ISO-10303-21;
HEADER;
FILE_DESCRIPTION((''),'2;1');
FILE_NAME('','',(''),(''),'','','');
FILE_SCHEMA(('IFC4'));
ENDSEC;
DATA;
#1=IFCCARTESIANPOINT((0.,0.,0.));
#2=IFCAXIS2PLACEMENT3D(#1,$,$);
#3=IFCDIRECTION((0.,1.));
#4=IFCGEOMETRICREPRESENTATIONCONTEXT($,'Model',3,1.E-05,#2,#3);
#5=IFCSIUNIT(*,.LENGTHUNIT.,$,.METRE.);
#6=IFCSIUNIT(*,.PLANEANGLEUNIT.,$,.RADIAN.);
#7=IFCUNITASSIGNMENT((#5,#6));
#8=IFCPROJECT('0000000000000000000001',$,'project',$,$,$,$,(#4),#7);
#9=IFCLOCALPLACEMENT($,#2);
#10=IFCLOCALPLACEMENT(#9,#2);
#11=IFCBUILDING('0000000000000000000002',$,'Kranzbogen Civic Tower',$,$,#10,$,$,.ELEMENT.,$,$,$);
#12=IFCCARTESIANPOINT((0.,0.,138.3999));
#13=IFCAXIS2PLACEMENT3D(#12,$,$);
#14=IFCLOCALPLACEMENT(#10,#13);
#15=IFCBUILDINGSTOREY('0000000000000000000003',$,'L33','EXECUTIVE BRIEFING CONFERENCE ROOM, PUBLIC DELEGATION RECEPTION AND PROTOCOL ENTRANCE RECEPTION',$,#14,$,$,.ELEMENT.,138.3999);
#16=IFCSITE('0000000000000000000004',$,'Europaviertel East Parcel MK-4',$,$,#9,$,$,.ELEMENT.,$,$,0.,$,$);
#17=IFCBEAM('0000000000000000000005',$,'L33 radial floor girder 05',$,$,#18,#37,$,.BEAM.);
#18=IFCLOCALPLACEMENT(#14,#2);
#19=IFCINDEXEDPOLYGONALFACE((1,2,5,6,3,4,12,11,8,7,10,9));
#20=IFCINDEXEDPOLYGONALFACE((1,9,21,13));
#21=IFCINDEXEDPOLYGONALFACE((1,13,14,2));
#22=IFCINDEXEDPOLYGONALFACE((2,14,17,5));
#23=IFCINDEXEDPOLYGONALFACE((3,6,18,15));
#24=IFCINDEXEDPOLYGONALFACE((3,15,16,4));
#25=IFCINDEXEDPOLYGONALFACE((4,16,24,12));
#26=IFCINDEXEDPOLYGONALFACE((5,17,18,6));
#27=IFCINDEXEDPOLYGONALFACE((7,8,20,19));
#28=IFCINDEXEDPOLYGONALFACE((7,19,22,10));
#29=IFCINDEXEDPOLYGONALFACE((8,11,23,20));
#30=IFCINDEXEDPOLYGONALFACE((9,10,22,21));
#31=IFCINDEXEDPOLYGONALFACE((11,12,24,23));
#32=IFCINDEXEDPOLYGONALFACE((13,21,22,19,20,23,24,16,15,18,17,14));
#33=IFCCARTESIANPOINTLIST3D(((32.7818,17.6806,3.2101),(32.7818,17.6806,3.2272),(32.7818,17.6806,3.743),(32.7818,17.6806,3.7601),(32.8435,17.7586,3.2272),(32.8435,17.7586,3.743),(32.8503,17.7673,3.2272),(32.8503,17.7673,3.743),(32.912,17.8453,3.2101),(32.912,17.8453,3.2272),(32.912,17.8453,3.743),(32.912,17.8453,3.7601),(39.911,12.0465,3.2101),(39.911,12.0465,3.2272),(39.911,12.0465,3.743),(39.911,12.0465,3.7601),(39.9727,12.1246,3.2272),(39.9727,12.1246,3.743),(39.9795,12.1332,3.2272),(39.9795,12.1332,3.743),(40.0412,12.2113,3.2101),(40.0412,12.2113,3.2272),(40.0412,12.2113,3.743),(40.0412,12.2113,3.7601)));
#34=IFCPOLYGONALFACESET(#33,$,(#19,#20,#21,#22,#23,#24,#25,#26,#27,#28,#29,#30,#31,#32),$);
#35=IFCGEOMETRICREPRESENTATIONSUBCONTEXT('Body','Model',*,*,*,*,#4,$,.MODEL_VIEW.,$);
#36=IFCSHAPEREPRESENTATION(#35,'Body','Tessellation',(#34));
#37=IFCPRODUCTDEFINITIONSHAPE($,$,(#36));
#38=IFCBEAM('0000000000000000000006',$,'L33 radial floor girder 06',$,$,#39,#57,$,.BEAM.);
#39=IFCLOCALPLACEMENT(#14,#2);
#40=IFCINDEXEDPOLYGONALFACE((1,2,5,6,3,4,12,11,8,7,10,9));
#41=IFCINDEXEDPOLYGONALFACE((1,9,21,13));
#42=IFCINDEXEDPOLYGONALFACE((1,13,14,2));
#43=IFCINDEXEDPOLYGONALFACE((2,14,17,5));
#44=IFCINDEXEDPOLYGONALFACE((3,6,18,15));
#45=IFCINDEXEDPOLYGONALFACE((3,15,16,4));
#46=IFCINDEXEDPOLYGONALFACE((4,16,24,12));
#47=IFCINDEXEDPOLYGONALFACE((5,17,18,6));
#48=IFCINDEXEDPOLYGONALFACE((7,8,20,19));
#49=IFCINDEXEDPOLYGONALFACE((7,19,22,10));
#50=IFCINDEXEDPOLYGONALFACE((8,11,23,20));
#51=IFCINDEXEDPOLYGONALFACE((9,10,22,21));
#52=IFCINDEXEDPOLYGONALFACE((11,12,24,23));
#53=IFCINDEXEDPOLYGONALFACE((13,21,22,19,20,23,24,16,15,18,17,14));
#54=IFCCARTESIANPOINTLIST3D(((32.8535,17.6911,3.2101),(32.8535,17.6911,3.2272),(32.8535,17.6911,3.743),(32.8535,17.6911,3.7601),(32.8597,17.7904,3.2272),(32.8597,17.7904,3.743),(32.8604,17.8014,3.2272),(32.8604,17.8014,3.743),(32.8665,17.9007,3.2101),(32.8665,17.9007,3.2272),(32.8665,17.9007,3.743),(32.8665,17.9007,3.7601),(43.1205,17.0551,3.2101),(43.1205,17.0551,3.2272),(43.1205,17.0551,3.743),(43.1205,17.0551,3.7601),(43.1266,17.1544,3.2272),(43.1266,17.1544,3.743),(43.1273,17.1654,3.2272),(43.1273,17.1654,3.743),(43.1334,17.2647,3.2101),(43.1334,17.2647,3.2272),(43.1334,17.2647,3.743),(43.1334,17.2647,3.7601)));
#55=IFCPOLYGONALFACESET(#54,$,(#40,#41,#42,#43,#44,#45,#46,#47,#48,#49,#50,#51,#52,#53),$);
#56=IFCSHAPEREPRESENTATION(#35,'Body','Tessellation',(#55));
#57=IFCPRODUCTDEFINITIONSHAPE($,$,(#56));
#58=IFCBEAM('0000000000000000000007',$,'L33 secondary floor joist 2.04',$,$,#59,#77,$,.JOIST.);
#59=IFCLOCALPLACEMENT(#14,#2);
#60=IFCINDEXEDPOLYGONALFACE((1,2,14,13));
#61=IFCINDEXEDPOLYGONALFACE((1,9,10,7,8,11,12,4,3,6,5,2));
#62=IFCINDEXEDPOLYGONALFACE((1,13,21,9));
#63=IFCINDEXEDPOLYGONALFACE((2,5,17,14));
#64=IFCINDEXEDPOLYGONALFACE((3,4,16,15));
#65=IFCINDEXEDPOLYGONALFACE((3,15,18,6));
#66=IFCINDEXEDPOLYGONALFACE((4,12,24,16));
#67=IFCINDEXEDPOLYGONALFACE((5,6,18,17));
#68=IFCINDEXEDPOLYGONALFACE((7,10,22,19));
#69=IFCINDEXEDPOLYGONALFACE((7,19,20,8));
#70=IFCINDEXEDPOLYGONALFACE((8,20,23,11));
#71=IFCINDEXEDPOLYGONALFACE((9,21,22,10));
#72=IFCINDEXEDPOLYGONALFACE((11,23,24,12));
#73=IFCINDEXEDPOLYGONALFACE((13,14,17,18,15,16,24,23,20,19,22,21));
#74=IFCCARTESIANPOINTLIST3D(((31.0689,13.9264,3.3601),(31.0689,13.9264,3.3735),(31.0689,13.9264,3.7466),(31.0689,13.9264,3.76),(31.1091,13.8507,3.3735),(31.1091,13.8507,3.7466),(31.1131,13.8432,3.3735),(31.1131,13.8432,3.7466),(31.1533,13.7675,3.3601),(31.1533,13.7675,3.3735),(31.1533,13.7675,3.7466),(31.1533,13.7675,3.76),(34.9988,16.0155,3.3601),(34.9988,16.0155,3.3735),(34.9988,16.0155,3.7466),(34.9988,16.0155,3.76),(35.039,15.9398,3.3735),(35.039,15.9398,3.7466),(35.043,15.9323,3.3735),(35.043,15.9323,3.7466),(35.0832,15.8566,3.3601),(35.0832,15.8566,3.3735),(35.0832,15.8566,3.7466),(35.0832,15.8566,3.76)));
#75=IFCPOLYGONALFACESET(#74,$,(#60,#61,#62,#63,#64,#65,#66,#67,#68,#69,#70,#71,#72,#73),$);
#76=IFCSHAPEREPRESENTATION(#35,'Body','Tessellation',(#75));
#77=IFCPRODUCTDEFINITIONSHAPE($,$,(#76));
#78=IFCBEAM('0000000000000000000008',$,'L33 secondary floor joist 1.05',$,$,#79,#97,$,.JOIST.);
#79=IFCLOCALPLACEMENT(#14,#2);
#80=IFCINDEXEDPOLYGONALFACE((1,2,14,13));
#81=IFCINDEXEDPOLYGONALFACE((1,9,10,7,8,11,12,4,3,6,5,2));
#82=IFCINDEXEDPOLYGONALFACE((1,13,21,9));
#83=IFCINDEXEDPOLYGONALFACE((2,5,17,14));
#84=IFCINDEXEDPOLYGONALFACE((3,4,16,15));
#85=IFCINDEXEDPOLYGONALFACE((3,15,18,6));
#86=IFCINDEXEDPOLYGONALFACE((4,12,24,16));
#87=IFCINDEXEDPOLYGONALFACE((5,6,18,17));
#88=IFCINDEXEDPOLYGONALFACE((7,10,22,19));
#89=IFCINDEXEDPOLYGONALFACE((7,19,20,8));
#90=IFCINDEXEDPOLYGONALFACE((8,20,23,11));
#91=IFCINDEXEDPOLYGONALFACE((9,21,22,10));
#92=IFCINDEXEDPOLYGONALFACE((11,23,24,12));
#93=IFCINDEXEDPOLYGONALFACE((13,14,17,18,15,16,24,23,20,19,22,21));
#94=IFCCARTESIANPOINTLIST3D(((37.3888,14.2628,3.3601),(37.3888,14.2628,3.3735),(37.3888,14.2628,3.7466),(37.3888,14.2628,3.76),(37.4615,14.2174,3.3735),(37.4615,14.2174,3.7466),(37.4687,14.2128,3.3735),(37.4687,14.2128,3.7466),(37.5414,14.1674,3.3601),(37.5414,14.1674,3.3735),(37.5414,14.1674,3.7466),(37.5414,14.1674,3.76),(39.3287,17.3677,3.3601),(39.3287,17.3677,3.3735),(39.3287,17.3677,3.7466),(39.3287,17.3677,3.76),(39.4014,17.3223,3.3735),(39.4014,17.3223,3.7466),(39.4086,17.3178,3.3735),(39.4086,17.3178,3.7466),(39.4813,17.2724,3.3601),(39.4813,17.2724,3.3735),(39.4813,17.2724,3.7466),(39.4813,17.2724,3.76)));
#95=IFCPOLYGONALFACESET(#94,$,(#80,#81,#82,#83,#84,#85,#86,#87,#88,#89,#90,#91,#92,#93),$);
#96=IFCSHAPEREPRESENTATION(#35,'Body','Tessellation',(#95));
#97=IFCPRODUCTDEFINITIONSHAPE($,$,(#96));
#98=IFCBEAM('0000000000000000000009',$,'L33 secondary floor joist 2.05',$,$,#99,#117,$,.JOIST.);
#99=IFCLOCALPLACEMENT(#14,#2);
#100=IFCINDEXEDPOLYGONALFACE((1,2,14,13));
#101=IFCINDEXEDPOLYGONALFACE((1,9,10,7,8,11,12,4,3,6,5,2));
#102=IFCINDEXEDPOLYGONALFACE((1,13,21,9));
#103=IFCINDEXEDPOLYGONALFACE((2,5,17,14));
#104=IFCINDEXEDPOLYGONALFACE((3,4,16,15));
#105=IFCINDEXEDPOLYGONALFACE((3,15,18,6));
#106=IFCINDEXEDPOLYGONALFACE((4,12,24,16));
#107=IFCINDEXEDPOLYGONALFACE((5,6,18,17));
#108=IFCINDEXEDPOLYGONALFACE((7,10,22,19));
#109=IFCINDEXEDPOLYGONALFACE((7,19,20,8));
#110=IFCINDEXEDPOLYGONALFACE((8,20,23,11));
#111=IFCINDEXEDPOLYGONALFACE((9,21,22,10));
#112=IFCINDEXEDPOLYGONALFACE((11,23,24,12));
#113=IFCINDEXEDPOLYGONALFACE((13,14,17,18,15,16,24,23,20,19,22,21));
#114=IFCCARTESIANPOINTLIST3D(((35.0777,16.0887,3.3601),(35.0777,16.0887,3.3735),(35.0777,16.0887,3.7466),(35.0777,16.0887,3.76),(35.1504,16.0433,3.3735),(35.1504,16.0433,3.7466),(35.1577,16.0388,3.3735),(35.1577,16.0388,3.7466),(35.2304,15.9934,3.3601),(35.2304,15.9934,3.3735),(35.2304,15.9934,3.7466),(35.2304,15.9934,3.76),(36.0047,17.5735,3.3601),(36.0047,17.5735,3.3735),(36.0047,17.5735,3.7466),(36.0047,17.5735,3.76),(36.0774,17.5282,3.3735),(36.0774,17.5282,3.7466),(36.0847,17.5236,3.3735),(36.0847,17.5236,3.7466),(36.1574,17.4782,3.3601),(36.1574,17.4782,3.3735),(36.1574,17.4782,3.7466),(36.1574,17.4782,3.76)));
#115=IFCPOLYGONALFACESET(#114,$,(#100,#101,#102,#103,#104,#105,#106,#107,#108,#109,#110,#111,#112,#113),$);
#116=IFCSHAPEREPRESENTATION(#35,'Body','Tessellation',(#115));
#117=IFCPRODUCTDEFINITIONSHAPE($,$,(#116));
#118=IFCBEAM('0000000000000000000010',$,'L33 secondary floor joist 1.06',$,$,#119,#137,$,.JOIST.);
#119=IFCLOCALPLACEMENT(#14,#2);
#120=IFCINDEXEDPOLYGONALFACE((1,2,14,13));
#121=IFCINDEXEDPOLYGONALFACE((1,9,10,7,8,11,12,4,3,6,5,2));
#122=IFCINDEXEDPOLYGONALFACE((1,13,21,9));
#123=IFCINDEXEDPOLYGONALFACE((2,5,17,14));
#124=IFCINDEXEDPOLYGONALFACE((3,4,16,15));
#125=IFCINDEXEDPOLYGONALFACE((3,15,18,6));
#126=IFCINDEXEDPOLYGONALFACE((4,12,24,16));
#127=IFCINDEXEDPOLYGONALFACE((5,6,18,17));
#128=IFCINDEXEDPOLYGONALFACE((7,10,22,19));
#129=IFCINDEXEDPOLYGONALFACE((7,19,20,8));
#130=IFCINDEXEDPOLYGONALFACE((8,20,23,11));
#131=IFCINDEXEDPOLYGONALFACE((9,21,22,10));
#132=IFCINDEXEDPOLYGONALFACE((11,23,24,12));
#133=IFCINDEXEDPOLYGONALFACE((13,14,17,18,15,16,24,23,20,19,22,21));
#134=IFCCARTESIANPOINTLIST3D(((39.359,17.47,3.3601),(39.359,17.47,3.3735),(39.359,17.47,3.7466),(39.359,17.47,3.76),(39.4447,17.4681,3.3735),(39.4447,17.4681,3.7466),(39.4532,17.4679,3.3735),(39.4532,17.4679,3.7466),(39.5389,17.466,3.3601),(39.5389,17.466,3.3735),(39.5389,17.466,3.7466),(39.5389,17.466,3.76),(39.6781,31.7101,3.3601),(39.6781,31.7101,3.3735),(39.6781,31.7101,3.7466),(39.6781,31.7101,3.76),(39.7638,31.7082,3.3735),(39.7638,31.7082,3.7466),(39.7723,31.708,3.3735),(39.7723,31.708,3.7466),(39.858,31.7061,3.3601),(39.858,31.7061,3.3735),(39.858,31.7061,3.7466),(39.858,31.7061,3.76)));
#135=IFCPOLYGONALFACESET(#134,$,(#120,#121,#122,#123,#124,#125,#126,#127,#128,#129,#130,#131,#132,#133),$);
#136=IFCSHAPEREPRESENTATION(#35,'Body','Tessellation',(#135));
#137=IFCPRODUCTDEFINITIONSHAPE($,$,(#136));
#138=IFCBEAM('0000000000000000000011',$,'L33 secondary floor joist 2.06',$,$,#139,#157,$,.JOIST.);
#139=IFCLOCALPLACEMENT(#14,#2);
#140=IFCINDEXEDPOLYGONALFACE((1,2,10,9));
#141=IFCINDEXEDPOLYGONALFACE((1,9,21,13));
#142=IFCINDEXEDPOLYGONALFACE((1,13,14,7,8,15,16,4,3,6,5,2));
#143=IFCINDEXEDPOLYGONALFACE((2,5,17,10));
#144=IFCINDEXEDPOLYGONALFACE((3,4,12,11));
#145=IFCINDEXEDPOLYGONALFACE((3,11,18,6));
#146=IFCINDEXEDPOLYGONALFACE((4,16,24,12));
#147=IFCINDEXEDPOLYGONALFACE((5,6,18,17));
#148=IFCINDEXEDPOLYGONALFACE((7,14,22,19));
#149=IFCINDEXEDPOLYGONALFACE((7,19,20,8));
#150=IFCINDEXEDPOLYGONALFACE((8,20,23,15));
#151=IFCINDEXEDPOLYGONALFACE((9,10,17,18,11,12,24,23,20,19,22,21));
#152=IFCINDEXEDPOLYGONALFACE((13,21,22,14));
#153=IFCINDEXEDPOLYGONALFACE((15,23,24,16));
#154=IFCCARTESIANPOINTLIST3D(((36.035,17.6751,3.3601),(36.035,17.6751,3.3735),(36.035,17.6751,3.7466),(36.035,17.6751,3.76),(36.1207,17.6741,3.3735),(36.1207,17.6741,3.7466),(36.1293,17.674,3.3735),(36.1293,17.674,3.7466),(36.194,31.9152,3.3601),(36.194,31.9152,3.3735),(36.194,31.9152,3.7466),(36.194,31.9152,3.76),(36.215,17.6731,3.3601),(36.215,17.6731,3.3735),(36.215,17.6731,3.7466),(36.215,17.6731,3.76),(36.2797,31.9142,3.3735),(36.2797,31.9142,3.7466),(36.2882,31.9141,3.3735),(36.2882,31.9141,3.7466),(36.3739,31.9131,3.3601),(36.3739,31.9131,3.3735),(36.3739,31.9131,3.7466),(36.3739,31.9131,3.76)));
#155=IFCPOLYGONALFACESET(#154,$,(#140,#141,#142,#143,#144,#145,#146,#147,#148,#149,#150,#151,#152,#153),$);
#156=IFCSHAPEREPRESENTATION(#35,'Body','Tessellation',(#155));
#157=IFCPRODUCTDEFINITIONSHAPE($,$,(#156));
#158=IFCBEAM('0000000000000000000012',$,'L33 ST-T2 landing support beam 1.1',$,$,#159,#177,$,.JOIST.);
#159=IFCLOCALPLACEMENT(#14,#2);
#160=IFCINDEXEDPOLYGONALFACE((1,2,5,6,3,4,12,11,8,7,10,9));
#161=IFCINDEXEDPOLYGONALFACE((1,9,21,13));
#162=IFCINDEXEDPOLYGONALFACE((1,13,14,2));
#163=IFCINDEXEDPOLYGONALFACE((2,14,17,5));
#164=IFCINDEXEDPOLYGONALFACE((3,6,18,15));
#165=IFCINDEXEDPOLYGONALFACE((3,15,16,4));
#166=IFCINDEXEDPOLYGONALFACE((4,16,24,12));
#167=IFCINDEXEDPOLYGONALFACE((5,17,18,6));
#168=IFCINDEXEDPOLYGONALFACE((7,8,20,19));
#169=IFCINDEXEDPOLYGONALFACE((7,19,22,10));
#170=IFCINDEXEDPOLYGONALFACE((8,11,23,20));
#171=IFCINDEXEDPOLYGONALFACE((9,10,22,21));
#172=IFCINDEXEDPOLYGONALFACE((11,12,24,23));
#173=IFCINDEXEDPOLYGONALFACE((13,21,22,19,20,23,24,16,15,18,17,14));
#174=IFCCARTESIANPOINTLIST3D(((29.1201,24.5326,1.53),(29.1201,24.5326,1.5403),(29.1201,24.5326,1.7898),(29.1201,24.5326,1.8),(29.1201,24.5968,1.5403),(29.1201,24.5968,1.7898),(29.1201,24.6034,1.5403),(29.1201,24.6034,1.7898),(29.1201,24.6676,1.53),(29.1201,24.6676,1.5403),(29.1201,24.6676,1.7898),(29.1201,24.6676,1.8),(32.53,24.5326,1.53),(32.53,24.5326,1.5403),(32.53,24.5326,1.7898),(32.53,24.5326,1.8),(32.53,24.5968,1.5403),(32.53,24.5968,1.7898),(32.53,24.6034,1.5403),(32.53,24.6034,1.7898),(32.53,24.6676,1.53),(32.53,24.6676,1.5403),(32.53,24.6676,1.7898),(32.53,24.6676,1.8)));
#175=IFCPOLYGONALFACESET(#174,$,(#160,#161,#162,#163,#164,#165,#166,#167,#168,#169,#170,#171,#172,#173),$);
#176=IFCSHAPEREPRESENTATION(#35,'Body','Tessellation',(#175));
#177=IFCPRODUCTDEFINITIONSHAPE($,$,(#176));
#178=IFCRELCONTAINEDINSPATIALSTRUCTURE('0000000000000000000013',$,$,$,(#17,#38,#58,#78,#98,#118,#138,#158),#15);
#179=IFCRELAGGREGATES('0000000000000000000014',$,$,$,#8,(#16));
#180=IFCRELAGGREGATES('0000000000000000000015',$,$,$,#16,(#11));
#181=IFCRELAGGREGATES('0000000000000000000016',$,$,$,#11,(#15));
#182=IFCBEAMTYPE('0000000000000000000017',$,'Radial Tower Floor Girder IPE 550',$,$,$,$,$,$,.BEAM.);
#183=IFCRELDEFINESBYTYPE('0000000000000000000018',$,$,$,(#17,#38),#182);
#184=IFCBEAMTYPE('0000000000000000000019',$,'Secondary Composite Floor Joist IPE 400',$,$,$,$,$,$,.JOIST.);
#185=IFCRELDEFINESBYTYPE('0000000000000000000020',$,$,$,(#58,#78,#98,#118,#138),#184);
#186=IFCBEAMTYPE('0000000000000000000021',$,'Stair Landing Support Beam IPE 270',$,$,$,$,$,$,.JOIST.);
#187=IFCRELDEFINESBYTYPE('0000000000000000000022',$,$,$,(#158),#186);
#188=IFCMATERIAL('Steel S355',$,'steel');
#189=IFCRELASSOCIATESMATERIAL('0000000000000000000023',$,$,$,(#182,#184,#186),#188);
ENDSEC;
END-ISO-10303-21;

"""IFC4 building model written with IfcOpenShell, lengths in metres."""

from ifc_helpers import new_model, si_unit, direction, frame, origin, origin_2d, place, context, subcontext, project, spatial, i_section, extrude, material, material_profile, profile_set, type_object, element, save


model = new_model("IFC4")

# Units and contexts
model_context = context("Model", 3, precision=1e-05, world=origin(), true_north=direction((0.0, 1.0)))
body_context = subcontext(model_context, "Body", "Model", "MODEL_VIEW")
ifc_project = project(units=[si_unit("LENGTHUNIT", "METRE"), si_unit("PLANEANGLEUNIT", "RADIAN")], contexts=[model_context])

# Site, building, storey
site_placement = place(None, origin())
site = spatial("IfcSite", under=ifc_project, at=site_placement, Name="Europaviertel East Parcel MK-4", CompositionType="ELEMENT", RefElevation=0.0)
building_placement = place(site_placement, origin())
building = spatial("IfcBuilding", under=site, at=building_placement, Name="Kranzbogen Civic Tower", CompositionType="ELEMENT")
storey_placement = place(building_placement, frame((0.0, 0.0, 138.3999)))
storey = spatial("IfcBuildingStorey", under=building, at=storey_placement, Name="L33", Description="EXECUTIVE BRIEFING CONFERENCE ROOM, PUBLIC DELEGATION RECEPTION AND PROTOCOL ENTRANCE RECEPTION", CompositionType="ELEMENT", Elevation=138.3999)

# Shared definitions
ifc_material_1 = material(Name="Steel S355", Category="steel")

# Beams
ifc_material_profile_1 = material_profile(ifc_material_1, i_section(OverallWidth=0.21, OverallDepth=0.55, WebThickness=0.011, FlangeThickness=0.0171, at=origin_2d()), Name="IPE 550")
ifc_profile_set_1 = profile_set([ifc_material_profile_1], Name="Steel S355")
beam_type_1 = type_object("IfcBeamType", Name="Radial Tower Floor Girder IPE 550", PredefinedType="BEAM", material=ifc_profile_set_1)
beam_1_placement = place(storey_placement, frame((39.9761, 12.1289, 3.4851), z_axis=(-0.784575, 0.620034, 0.0), x_axis=(-0.620034, -0.784575, 0.0)))
element("IfcBeam", 1, at=beam_1_placement, inside=storey, type_object=beam_type_1, Name="L33 radial floor girder 05", PredefinedType="BEAM", context=body_context, shape_type="SweptSolid", body=[
    extrude(i_section(OverallWidth=0.21, OverallDepth=0.55, WebThickness=0.011, FlangeThickness=0.0171, at=origin_2d()), origin(), (0.0, 0.0, 1.0), 9.0867),
])
beam_2_placement = place(storey_placement, frame((43.127, 17.1599, 3.4851), z_axis=(-0.998087, 0.061827, 0.0), x_axis=(-0.061827, -0.998087, 0.0)))
element("IfcBeam", 2, at=beam_2_placement, inside=storey, type_object=beam_type_1, Name="L33 radial floor girder 06", PredefinedType="BEAM", context=body_context, shape_type="SweptSolid", body=[
    extrude(i_section(OverallWidth=0.21, OverallDepth=0.55, WebThickness=0.011, FlangeThickness=0.0171, at=origin_2d()), origin(), (0.0, 0.0, 1.0), 10.2866),
])
ifc_material_profile_2 = material_profile(ifc_material_1, i_section(OverallWidth=0.1799, OverallDepth=0.3999, WebThickness=0.0085, FlangeThickness=0.0134, at=origin_2d()), Name="IPE 400")
ifc_profile_set_2 = profile_set([ifc_material_profile_2], Name="Steel S355")
beam_type_2 = type_object("IfcBeamType", Name="Secondary Composite Floor Joist IPE 400", PredefinedType="JOIST", material=ifc_profile_set_2)
beam_3_placement = place(storey_placement, frame((31.1111, 13.8469, 3.5601), z_axis=(0.882991, 0.469389, 0.0), x_axis=(-0.469389, 0.882991, 0.0)))
element("IfcBeam", 3, at=beam_3_placement, inside=storey, type_object=beam_type_2, Name="L33 secondary floor joist 2.04", PredefinedType="JOIST", context=body_context, shape_type="SweptSolid", body=[
    extrude(i_section(OverallWidth=0.1799, OverallDepth=0.3999, WebThickness=0.0085, FlangeThickness=0.0134, at=origin_2d()), origin(), (0.0, 0.0, 1.0), 4.4507),
])
beam_4_placement = place(storey_placement, frame((37.4651, 14.2151, 3.5601), z_axis=(0.529867, 0.848081, 0.0), x_axis=(-0.848081, 0.529867, 0.0)))
element("IfcBeam", 4, at=beam_4_placement, inside=storey, type_object=beam_type_2, Name="L33 secondary floor joist 1.05", PredefinedType="JOIST", context=body_context, shape_type="SweptSolid", body=[
    extrude(i_section(OverallWidth=0.1799, OverallDepth=0.3999, WebThickness=0.0085, FlangeThickness=0.0134, at=origin_2d()), origin(), (0.0, 0.0, 1.0), 3.6611),
])
beam_5_placement = place(storey_placement, frame((35.1541, 16.041, 3.5601), z_axis=(0.529573, 0.848265, 0.0), x_axis=(-0.848265, 0.529573, 0.0)))
element("IfcBeam", 5, at=beam_5_placement, inside=storey, type_object=beam_type_2, Name="L33 secondary floor joist 2.05", PredefinedType="JOIST", context=body_context, shape_type="SweptSolid", body=[
    extrude(i_section(OverallWidth=0.1799, OverallDepth=0.3999, WebThickness=0.0085, FlangeThickness=0.0134, at=origin_2d()), origin(), (0.0, 0.0, 1.0), 1.7505),
])
beam_6_placement = place(storey_placement, frame((39.449, 17.468, 3.5601), z_axis=(0.022403, 0.999749, 0.0), x_axis=(-0.999749, 0.022403, 0.0)))
element("IfcBeam", 6, at=beam_6_placement, inside=storey, type_object=beam_type_2, Name="L33 secondary floor joist 1.06", PredefinedType="JOIST", context=body_context, shape_type="SweptSolid", body=[
    extrude(i_section(OverallWidth=0.1799, OverallDepth=0.3999, WebThickness=0.0085, FlangeThickness=0.0134, at=origin_2d()), origin(), (0.0, 0.0, 1.0), 14.2437),
])
beam_7_placement = place(storey_placement, frame((36.125, 17.6741, 3.5601), z_axis=(0.011161, 0.999938, 0.0), x_axis=(-0.999938, 0.011161, 0.0)))
element("IfcBeam", 7, at=beam_7_placement, inside=storey, type_object=beam_type_2, Name="L33 secondary floor joist 2.06", PredefinedType="JOIST", context=body_context, shape_type="SweptSolid", body=[
    extrude(i_section(OverallWidth=0.1799, OverallDepth=0.3999, WebThickness=0.0085, FlangeThickness=0.0134, at=origin_2d()), origin(), (0.0, 0.0, 1.0), 14.241),
])
ifc_material_profile_3 = material_profile(ifc_material_1, i_section(OverallWidth=0.135, OverallDepth=0.27, WebThickness=0.0066, FlangeThickness=0.0103, at=origin_2d()), Name="IPE 270")
ifc_profile_set_3 = profile_set([ifc_material_profile_3], Name="Steel S355")
beam_type_3 = type_object("IfcBeamType", Name="Stair Landing Support Beam IPE 270", PredefinedType="JOIST", material=ifc_profile_set_3)
for number, where, z_axis, x_axis, name in (
    (8, (29.1201, 24.6001, 1.665), (1.0, 0.0, 0.0), (0.0, 1.0, 0.0), "L33 ST-T2 landing support beam 1.1"),
):
    element("IfcBeam", number, at=place(storey_placement, frame(where, z_axis=z_axis, x_axis=x_axis)), inside=storey, type_object=beam_type_3, Name=name, PredefinedType="JOIST", context=body_context, shape_type="SweptSolid", body=[
        extrude(i_section(OverallWidth=0.135, OverallDepth=0.27, WebThickness=0.0066, FlangeThickness=0.0103, at=origin_2d()), origin(), (0.0, 0.0, 1.0), 3.4099),
    ])

save(model, "model.ifc")
